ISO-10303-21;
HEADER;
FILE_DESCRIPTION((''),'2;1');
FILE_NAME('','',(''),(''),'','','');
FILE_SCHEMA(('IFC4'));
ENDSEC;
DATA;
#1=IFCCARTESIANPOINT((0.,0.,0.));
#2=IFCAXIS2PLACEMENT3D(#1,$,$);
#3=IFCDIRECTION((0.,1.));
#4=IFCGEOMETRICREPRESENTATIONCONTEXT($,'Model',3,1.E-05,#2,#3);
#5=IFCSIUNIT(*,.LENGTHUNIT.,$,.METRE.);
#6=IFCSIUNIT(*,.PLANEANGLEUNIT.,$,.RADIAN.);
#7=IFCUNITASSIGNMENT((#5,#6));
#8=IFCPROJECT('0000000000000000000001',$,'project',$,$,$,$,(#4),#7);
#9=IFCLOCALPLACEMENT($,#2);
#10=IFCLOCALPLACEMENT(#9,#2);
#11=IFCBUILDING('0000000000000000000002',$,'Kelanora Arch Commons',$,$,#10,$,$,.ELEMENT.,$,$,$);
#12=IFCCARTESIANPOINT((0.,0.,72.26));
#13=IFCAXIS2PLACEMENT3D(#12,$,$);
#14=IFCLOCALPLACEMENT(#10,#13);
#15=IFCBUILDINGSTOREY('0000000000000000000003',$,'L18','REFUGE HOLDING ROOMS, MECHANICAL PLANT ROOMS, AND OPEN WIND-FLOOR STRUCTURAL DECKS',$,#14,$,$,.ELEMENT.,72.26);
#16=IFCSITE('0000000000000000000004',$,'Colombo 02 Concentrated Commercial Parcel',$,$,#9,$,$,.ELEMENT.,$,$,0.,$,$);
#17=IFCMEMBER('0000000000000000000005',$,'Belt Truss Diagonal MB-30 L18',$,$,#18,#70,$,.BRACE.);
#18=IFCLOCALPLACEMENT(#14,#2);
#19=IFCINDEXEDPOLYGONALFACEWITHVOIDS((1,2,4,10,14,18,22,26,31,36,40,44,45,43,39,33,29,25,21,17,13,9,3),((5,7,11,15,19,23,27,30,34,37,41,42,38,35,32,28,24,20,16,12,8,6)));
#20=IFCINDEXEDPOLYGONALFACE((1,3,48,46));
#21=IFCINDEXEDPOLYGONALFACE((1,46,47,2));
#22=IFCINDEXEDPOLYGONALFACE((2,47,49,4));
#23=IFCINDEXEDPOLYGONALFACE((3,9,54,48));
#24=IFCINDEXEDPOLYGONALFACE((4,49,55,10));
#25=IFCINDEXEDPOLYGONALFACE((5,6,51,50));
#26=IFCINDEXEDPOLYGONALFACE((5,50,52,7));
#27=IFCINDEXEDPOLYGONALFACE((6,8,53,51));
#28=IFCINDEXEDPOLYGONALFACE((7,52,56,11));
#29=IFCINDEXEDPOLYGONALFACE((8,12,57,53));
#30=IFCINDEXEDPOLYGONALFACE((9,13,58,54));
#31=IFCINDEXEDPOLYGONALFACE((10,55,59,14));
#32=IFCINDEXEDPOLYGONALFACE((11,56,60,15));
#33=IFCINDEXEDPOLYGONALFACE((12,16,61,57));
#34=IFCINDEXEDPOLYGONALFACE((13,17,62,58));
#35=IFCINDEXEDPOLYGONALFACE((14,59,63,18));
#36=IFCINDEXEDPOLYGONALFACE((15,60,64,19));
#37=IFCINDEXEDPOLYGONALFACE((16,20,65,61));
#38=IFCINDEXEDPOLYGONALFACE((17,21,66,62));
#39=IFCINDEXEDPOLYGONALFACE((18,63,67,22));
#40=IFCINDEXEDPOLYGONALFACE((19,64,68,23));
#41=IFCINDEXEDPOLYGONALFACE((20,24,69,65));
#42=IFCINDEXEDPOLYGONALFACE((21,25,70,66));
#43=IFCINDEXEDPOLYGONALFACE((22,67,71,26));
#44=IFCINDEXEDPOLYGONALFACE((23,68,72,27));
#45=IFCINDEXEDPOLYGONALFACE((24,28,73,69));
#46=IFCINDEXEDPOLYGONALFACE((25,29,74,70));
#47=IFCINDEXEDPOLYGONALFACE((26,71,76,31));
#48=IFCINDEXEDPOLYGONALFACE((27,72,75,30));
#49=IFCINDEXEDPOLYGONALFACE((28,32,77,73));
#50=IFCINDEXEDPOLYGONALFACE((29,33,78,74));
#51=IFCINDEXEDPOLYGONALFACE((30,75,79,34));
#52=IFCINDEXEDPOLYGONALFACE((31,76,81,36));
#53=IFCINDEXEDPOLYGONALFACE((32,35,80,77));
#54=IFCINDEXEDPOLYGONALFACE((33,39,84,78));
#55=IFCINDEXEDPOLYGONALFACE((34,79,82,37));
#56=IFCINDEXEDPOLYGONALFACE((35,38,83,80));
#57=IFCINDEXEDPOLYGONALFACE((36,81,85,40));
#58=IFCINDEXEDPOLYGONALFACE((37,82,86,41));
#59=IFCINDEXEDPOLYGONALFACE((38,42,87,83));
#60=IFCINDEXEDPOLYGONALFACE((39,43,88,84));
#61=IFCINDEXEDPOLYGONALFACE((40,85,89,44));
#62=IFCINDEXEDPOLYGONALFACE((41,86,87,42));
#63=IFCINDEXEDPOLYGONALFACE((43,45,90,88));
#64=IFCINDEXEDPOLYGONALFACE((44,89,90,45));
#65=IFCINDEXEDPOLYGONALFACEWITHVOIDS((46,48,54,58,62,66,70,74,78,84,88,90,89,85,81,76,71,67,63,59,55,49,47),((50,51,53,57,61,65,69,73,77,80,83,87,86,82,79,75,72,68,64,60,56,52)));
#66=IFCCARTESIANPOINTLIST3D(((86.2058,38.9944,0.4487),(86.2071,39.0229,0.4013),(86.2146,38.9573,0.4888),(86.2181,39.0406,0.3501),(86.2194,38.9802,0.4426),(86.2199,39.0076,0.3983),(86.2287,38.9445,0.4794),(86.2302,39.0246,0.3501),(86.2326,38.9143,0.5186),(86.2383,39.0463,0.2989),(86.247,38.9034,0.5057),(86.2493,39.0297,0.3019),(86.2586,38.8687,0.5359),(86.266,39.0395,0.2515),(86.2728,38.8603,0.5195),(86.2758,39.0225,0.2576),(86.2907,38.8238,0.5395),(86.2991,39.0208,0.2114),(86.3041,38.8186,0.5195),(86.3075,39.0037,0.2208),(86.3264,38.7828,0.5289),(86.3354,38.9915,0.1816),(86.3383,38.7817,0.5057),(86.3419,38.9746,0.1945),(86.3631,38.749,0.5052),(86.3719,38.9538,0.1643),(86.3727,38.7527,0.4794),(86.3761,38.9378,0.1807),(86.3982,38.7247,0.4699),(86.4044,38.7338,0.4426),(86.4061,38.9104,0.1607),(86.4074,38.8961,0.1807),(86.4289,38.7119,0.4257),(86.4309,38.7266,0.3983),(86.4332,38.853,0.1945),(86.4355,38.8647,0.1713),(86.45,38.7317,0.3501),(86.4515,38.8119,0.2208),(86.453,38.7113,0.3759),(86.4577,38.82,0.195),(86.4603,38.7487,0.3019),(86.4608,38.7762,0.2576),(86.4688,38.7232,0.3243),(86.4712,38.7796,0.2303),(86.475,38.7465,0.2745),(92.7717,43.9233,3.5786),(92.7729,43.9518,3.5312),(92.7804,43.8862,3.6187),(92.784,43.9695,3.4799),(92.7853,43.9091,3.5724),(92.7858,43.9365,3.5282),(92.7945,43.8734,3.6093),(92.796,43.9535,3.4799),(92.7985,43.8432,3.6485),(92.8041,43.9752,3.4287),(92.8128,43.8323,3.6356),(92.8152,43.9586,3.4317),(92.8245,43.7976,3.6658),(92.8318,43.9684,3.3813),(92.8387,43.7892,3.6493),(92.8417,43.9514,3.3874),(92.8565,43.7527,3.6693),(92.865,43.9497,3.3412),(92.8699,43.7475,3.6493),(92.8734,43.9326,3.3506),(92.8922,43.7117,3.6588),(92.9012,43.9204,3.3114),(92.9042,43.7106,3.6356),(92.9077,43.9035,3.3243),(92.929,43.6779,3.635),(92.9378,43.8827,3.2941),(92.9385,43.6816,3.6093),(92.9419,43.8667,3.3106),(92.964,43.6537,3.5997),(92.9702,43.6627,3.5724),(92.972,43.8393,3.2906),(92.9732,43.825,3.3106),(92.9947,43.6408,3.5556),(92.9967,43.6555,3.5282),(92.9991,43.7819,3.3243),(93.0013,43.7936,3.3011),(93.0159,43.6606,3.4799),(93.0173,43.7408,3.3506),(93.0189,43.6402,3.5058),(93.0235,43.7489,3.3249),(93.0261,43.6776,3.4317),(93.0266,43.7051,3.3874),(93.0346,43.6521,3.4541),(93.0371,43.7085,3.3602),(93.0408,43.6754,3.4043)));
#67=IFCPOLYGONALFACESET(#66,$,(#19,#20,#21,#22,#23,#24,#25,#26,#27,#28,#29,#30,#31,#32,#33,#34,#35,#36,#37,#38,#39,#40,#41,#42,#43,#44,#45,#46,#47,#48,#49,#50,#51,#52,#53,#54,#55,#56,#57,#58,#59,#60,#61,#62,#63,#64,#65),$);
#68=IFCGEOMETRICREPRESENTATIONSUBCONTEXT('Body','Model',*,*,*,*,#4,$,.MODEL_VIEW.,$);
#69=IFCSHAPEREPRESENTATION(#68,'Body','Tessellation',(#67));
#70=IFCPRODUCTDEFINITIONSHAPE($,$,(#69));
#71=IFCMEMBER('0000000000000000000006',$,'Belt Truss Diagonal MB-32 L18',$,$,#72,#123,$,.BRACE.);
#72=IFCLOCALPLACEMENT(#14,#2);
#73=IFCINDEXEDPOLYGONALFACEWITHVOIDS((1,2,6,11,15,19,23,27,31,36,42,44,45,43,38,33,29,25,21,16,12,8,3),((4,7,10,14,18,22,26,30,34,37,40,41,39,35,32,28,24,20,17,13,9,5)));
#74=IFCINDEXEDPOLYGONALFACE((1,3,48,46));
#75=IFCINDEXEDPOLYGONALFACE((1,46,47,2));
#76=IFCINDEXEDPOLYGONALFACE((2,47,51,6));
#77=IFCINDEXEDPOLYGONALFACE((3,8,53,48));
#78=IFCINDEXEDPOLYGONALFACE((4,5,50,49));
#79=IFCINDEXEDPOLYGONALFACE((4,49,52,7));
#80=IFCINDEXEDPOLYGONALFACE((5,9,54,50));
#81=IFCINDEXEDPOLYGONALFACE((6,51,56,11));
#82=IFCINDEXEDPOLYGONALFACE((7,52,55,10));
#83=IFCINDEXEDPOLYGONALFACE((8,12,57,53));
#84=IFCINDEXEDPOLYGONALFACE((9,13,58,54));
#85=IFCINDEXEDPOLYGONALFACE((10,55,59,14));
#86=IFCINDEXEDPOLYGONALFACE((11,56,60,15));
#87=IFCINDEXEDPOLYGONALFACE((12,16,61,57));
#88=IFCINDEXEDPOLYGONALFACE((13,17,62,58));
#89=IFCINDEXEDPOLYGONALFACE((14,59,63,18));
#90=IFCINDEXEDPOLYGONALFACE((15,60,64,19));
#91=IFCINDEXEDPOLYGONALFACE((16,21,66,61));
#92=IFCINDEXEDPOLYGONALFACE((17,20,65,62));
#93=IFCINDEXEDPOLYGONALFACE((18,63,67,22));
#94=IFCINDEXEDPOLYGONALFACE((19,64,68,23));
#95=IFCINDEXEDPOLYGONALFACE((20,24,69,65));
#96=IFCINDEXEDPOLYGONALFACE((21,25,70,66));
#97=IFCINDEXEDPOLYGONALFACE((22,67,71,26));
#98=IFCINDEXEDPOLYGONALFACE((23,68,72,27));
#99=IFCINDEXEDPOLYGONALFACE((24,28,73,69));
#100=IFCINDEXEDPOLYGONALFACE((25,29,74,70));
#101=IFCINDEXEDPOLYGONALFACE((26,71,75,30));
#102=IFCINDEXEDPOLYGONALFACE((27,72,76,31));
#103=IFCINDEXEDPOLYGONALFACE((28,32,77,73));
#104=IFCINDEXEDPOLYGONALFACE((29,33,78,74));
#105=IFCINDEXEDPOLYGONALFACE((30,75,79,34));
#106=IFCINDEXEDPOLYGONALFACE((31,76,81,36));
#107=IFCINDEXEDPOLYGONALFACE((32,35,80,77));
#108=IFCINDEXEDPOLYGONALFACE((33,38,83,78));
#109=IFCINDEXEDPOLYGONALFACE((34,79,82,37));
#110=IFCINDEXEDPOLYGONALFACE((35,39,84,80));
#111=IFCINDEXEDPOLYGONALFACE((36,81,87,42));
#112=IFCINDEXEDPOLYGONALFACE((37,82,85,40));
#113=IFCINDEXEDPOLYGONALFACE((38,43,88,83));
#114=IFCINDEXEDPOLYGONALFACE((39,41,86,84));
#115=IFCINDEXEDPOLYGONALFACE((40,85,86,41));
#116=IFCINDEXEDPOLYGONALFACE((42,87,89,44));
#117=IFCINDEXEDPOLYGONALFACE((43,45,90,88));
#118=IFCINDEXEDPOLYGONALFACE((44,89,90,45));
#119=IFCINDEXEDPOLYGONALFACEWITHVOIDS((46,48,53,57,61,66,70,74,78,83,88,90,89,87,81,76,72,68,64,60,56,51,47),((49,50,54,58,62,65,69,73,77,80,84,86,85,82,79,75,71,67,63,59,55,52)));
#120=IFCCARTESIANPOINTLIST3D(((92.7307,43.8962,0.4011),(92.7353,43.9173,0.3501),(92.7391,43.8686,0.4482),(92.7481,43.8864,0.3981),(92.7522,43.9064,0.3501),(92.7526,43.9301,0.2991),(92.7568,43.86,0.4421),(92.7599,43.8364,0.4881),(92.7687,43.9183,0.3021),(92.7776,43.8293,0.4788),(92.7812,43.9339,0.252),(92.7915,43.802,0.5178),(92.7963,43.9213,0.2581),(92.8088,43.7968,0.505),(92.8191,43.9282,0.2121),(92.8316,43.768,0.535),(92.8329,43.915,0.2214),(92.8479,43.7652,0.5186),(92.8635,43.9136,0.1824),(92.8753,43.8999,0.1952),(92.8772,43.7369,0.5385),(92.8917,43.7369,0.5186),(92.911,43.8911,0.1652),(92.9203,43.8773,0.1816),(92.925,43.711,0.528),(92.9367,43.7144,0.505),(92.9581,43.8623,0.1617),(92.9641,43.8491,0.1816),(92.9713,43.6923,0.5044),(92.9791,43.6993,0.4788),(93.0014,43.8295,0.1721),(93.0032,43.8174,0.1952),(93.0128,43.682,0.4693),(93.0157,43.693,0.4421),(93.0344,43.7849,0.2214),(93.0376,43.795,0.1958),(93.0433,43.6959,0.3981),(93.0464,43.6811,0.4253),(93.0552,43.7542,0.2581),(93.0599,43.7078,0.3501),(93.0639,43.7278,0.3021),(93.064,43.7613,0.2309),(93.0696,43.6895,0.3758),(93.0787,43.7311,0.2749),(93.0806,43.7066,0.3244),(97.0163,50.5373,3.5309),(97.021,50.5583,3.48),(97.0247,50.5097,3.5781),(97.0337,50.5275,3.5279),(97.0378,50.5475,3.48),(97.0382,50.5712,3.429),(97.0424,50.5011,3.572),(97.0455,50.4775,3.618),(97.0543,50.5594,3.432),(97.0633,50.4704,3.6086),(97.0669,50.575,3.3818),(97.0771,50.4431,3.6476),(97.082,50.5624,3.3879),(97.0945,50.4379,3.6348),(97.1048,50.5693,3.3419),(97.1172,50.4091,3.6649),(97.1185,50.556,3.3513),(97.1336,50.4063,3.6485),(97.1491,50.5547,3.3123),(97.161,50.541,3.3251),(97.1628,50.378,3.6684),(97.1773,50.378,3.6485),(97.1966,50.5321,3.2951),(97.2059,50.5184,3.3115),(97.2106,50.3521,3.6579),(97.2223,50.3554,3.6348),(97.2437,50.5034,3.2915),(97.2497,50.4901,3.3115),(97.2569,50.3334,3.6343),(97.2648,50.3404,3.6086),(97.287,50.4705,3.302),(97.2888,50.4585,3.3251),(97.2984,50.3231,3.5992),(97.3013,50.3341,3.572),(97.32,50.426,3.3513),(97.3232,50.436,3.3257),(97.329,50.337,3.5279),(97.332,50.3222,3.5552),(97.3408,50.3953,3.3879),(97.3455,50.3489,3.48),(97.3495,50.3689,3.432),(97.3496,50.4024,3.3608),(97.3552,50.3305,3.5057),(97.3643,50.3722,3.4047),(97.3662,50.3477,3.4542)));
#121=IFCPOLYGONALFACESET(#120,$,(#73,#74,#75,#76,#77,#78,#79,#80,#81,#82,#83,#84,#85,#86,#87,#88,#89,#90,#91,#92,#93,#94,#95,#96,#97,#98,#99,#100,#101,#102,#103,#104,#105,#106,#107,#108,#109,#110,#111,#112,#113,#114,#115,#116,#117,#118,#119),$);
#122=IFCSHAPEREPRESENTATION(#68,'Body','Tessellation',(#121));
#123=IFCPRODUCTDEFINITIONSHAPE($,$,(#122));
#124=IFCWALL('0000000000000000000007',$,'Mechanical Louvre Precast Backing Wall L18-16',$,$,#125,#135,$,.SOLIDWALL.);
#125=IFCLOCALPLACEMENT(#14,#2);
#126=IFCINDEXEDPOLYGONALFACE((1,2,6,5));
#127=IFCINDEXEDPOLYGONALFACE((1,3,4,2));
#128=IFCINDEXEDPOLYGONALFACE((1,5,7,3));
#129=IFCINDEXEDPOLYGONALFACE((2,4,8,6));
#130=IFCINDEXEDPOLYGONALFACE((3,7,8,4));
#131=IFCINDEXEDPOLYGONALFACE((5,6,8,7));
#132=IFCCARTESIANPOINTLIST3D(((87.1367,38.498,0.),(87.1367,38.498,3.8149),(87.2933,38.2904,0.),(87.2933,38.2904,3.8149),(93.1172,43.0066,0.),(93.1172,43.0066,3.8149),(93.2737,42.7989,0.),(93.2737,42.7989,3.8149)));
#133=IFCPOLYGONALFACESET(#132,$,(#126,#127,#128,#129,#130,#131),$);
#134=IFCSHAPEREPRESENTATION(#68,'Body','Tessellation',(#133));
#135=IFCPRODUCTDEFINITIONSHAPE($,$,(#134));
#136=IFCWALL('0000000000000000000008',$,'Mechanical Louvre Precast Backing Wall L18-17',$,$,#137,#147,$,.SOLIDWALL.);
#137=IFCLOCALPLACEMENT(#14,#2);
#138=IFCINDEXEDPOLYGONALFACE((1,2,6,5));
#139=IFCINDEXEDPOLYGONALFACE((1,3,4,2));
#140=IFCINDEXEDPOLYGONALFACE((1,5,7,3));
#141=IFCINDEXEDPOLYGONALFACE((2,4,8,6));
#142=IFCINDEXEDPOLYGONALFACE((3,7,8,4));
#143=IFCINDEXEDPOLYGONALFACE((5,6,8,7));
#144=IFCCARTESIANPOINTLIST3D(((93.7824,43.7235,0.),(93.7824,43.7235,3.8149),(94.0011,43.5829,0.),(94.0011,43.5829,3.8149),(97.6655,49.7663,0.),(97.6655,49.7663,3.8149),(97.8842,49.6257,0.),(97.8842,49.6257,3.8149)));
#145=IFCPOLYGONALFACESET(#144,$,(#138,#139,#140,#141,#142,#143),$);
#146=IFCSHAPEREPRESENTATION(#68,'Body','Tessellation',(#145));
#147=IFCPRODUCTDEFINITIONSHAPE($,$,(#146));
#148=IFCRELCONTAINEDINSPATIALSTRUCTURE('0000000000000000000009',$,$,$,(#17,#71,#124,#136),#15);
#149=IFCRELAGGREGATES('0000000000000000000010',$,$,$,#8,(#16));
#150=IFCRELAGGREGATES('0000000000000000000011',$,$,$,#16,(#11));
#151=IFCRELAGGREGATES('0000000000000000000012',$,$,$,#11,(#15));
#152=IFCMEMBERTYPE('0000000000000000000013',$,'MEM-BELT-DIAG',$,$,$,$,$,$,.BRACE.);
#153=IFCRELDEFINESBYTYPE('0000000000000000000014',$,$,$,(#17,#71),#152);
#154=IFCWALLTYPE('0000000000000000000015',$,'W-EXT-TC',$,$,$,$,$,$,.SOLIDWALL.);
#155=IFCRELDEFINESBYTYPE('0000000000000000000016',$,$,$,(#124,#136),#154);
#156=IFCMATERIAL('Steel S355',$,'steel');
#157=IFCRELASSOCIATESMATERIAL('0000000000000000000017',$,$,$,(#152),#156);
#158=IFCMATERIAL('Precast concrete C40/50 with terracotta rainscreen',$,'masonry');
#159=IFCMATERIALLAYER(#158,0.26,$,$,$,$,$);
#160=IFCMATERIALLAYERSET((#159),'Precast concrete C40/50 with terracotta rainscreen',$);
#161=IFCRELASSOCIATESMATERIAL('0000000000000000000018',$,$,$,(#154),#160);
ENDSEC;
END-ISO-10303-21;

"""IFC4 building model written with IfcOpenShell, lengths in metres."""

from ifc_helpers import new_model, si_unit, direction, frame, frame_2d, origin, origin_2d, place, context, subcontext, project, spatial, rectangle, hollow_circle, extrude, material, layer, layer_set, material_profile, profile_set, type_object, element, save


model = new_model("IFC4")

# Units and contexts
model_context = context("Model", 3, precision=1e-05, world=origin(), true_north=direction((0.0, 1.0)))
body_context = subcontext(model_context, "Body", "Model", "MODEL_VIEW")
ifc_project = project(units=[si_unit("LENGTHUNIT", "METRE"), si_unit("PLANEANGLEUNIT", "RADIAN")], contexts=[model_context])

# Site, building, storey
site_placement = place(None, origin())
site = spatial("IfcSite", under=ifc_project, at=site_placement, Name="Colombo 02 Concentrated Commercial Parcel", CompositionType="ELEMENT", RefElevation=0.0)
building_placement = place(site_placement, origin())
building = spatial("IfcBuilding", under=site, at=building_placement, Name="Kelanora Arch Commons", CompositionType="ELEMENT")
storey_placement = place(building_placement, frame((0.0, 0.0, 72.26)))
storey = spatial("IfcBuildingStorey", under=building, at=storey_placement, Name="L18", Description="REFUGE HOLDING ROOMS, MECHANICAL PLANT ROOMS, AND OPEN WIND-FLOOR STRUCTURAL DECKS", CompositionType="ELEMENT", Elevation=72.26)

# Shared definitions
ifc_material_1 = material(Name="Steel S355", Category="steel")

# Members
ifc_material_profile_1 = material_profile(ifc_material_1, hollow_circle(Radius=0.2031, WallThickness=0.02, at=origin_2d()), Name="CHS406.4x20")
ifc_profile_set_1 = profile_set([ifc_material_profile_1], Name="Steel S355")
member_type = type_object("IfcMemberType", Name="MEM-BELT-DIAG", PredefinedType="BRACE", material=ifc_profile_set_1)
member_1_placement = place(storey_placement, frame((86.3401, 38.8782, 0.3501), z_axis=(0.747276, 0.560971, 0.356216), x_axis=(-0.600352, 0.799736, 0.0)))
element("IfcMember", 1, at=member_1_placement, inside=storey, type_object=member_type, Name="Belt Truss Diagonal MB-30 L18", PredefinedType="BRACE", context=body_context, shape_type="SweptSolid", body=[
    extrude(hollow_circle(Radius=0.2031, WallThickness=0.02, at=origin_2d()), origin(), (0.0, 0.0, 1.0), 8.7864),
])
member_2_placement = place(storey_placement, frame((92.906, 43.8071, 0.3501), z_axis=(0.504133, 0.781214, 0.368177), x_axis=(-0.840236, 0.542221, 0.0)))
element("IfcMember", 2, at=member_2_placement, inside=storey, type_object=member_type, Name="Belt Truss Diagonal MB-32 L18", PredefinedType="BRACE", context=body_context, shape_type="SweptSolid", body=[
    extrude(hollow_circle(Radius=0.2031, WallThickness=0.02, at=origin_2d()), origin(), (0.0, 0.0, 1.0), 8.501),
])

# Walls
ifc_material_2 = material(Name="Precast concrete C40/50 with terracotta rainscreen", Category="masonry")
ifc_layer_1 = layer(ifc_material_2, 0.26)
ifc_layer_set_1 = layer_set([ifc_layer_1], Name="Precast concrete C40/50 with terracotta rainscreen")
wall_type = type_object("IfcWallType", Name="W-EXT-TC", PredefinedType="SOLIDWALL", material=ifc_layer_set_1)
wall_1_placement = place(storey_placement, frame((87.2151, 38.3943, 0.0), z_axis=(0.0, 0.0, 1.0), x_axis=(0.798511, 0.60198, 0.0)))
element("IfcWall", 3, at=wall_1_placement, inside=storey, type_object=wall_type, Name="Mechanical Louvre Precast Backing Wall L18-16", PredefinedType="SOLIDWALL", context=body_context, shape_type="SweptSolid", body=[
    extrude(rectangle(XDim=7.4895, YDim=0.26, at=frame_2d((3.7446, 0.0))), origin(), (0.0, 0.0, 1.0), 3.8149),
])
wall_2_placement = place(storey_placement, frame((93.8918, 43.6533, 0.0), z_axis=(0.0, 0.0, 1.0), x_axis=(0.540605, 0.841277, 0.0)))
element("IfcWall", 4, at=wall_2_placement, inside=storey, type_object=wall_type, Name="Mechanical Louvre Precast Backing Wall L18-17", PredefinedType="SOLIDWALL", context=body_context, shape_type="SweptSolid", body=[
    extrude(rectangle(XDim=7.1829, YDim=0.26, at=frame_2d((3.5913, 0.0))), origin(), (0.0, 0.0, 1.0), 3.8149),
])

save(model, "model.ifc")
